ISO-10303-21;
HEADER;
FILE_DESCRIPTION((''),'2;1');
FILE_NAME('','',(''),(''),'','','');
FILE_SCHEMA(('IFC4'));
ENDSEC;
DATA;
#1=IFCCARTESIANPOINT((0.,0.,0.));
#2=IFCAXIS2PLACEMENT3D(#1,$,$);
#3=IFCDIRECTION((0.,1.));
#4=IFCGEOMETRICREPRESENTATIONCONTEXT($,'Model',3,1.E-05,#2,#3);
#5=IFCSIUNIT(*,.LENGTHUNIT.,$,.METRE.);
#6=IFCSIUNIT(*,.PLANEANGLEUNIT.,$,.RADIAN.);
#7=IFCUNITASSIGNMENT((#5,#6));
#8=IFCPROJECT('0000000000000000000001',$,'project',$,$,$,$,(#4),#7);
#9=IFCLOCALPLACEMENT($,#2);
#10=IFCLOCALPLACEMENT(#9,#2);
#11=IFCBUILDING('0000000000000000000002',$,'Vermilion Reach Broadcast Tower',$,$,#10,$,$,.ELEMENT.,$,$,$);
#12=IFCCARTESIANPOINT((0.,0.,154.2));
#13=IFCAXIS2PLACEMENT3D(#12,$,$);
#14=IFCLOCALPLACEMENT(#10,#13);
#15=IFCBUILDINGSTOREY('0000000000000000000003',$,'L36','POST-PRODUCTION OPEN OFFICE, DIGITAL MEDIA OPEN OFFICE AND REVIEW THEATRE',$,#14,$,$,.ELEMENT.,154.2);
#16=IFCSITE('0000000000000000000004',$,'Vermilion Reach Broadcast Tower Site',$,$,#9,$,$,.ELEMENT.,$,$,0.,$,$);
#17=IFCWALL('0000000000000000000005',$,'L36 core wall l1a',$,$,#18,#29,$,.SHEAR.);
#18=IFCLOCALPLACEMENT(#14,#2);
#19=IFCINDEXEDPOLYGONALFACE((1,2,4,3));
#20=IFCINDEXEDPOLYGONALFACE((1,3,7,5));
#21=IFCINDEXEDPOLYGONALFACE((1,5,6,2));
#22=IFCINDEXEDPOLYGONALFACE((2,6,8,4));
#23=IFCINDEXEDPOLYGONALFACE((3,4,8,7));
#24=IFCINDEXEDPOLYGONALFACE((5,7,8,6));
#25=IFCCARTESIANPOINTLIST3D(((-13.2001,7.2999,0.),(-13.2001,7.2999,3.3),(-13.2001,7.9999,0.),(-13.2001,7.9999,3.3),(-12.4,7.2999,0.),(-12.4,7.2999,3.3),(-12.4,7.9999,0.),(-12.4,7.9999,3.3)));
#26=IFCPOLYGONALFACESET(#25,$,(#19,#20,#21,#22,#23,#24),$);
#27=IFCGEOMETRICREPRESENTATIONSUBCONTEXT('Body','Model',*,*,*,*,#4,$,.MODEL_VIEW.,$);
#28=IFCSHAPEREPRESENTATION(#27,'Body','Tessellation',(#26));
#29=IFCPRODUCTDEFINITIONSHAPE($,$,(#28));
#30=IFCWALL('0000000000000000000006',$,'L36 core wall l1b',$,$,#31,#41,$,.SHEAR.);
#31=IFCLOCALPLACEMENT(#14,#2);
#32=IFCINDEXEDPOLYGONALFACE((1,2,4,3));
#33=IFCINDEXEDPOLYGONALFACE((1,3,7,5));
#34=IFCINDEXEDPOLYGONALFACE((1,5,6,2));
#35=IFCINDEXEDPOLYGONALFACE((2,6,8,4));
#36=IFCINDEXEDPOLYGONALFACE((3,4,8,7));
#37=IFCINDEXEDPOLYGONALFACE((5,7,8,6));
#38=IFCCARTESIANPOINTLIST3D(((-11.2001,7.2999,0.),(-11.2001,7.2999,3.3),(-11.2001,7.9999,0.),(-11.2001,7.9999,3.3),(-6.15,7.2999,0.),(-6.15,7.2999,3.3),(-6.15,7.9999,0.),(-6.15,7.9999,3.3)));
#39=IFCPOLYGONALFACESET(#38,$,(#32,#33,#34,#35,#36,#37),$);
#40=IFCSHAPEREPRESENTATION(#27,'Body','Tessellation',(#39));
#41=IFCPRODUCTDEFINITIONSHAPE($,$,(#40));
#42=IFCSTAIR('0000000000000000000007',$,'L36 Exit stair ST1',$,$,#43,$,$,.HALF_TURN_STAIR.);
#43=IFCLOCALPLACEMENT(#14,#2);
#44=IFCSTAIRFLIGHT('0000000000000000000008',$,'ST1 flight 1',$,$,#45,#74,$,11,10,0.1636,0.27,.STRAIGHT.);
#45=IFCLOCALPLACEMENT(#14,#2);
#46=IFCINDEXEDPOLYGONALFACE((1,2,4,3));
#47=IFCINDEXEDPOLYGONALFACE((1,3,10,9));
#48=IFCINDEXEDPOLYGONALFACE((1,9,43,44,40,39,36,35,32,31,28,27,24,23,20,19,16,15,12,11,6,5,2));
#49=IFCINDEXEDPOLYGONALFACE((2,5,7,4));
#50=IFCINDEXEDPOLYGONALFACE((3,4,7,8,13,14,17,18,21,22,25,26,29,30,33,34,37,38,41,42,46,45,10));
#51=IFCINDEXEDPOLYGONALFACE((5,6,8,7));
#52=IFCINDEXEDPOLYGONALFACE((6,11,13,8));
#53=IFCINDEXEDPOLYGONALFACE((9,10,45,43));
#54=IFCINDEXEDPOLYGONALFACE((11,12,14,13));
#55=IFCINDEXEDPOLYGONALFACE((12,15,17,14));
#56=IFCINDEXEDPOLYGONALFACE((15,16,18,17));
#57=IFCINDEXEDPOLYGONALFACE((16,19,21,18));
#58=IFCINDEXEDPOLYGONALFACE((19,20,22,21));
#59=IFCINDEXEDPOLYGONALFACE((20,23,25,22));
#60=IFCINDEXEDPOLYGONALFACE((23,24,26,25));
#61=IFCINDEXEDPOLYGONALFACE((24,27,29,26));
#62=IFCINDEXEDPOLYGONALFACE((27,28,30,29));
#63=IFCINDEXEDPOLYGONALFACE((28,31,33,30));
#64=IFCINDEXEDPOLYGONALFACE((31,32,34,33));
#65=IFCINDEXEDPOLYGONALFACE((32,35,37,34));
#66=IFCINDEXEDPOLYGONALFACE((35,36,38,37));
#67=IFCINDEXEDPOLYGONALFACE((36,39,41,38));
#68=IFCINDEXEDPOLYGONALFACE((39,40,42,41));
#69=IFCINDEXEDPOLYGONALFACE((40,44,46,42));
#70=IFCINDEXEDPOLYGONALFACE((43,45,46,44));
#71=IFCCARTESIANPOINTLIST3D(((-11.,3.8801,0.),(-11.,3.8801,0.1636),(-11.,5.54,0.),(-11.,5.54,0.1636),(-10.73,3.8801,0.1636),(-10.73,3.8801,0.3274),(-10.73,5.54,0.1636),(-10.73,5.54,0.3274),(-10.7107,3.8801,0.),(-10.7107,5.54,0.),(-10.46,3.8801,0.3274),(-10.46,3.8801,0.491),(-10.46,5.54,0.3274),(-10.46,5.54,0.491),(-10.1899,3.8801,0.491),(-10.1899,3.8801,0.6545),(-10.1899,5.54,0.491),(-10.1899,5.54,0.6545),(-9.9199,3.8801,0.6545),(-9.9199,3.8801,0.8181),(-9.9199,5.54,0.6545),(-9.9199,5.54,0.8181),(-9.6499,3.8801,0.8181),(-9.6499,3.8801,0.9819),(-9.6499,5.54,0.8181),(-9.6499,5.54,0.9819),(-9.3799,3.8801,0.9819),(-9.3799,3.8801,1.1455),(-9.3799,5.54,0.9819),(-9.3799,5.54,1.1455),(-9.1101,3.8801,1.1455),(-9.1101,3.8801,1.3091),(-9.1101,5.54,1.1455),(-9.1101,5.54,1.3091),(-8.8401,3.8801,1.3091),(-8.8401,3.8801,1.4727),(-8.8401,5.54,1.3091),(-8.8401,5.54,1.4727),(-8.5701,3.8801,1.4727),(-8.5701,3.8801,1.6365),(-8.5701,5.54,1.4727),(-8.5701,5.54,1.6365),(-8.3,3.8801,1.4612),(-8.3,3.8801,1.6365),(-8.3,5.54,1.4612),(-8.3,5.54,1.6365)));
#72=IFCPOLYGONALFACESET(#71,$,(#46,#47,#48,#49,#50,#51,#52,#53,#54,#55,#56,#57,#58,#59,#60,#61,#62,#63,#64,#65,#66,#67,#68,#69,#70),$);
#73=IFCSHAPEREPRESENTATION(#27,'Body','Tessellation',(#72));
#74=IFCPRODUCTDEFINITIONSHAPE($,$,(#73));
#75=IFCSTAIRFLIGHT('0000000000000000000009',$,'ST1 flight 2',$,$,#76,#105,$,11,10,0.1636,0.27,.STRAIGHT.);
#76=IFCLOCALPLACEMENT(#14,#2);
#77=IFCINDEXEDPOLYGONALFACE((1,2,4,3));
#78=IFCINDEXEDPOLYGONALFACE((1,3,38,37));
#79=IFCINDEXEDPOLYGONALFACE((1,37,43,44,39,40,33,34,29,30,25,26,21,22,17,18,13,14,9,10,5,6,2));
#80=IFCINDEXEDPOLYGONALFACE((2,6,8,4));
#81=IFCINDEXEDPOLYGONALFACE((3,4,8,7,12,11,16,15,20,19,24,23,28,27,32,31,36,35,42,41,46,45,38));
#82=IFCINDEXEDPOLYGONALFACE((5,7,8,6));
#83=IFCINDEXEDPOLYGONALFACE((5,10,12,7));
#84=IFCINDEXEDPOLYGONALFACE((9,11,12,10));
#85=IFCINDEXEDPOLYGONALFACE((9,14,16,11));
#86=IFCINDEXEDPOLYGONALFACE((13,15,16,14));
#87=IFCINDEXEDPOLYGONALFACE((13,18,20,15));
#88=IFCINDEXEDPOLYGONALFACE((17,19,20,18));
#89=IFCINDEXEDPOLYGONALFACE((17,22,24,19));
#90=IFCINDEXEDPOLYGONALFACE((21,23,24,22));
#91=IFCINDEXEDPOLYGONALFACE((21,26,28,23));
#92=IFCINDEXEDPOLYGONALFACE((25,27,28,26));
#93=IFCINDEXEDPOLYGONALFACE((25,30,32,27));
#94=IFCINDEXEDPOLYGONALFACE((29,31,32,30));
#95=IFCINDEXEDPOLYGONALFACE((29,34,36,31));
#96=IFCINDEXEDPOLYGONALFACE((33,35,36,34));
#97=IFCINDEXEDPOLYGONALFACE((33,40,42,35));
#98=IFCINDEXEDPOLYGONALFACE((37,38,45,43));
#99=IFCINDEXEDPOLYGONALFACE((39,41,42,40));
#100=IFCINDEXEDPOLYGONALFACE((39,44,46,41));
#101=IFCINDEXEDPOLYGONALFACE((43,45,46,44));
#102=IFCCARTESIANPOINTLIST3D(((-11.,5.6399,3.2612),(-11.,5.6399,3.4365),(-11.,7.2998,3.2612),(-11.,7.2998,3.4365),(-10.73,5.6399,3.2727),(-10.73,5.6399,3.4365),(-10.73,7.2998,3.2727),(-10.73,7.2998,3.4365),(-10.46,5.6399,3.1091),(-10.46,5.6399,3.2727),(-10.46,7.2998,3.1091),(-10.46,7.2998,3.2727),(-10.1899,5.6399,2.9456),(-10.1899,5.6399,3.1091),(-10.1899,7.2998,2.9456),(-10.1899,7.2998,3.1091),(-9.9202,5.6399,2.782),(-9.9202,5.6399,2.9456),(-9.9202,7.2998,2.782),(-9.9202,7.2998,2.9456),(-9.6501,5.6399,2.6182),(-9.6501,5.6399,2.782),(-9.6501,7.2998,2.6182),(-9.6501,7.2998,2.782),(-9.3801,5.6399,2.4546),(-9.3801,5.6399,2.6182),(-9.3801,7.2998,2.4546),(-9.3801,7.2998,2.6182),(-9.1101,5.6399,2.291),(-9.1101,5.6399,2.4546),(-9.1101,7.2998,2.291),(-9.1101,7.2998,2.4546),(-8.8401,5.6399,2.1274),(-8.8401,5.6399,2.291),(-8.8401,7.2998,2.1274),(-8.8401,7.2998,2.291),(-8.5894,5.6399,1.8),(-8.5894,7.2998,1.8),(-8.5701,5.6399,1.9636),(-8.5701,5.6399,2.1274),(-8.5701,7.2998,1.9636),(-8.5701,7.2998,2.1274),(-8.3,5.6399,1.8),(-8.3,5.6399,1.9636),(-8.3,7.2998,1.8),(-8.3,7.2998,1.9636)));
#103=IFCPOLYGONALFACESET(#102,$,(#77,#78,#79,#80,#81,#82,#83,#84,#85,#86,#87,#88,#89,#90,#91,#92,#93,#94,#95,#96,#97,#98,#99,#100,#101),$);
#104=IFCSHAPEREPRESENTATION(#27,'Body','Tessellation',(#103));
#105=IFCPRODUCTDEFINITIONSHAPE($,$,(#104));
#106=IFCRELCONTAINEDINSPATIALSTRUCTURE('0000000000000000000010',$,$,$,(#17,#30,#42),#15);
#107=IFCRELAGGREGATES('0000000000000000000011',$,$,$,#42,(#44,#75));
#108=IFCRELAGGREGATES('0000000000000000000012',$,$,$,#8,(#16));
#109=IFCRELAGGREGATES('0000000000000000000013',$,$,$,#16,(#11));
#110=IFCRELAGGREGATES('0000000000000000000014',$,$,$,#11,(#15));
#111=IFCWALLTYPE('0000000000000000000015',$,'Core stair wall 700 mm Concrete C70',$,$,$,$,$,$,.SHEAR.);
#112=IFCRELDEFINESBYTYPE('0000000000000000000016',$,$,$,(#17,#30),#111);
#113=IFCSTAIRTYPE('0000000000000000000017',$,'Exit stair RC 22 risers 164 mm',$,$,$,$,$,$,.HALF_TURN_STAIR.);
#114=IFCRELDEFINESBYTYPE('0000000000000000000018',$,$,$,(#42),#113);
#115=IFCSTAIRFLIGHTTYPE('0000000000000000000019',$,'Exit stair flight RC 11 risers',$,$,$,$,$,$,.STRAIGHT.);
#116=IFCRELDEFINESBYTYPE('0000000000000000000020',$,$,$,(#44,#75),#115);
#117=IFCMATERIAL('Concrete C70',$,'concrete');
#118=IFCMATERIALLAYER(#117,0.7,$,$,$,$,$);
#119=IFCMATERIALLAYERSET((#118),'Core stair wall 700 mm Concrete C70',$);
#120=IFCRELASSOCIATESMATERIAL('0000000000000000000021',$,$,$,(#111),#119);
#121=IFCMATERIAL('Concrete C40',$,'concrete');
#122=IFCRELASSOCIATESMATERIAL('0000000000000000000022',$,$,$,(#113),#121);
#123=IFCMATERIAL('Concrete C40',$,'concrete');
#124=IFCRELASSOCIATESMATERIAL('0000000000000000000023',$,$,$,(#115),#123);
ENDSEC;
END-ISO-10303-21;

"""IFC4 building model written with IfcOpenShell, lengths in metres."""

from ifc_helpers import new_model, si_unit, direction, frame, frame_2d, origin, place, context, subcontext, project, spatial, polyline, rectangle, outline, extrude, material, layer, layer_set, type_object, element, aggregate, save


model = new_model("IFC4")

# Units and contexts
model_context = context("Model", 3, precision=1e-05, world=origin(), true_north=direction((0.0, 1.0)))
body_context = subcontext(model_context, "Body", "Model", "MODEL_VIEW")
ifc_project = project(units=[si_unit("LENGTHUNIT", "METRE"), si_unit("PLANEANGLEUNIT", "RADIAN")], contexts=[model_context])

# Site, building, storey
site_placement = place(None, origin())
site = spatial("IfcSite", under=ifc_project, at=site_placement, Name="Vermilion Reach Broadcast Tower Site", CompositionType="ELEMENT", RefElevation=0.0)
building_placement = place(site_placement, origin())
building = spatial("IfcBuilding", under=site, at=building_placement, Name="Vermilion Reach Broadcast Tower", CompositionType="ELEMENT")
storey_placement = place(building_placement, frame((0.0, 0.0, 154.2)))
storey = spatial("IfcBuildingStorey", under=building, at=storey_placement, Name="L36", Description="POST-PRODUCTION OPEN OFFICE, DIGITAL MEDIA OPEN OFFICE AND REVIEW THEATRE", CompositionType="ELEMENT", Elevation=154.2)

# Walls
ifc_material_1 = material(Name="Concrete C70", Category="concrete")
ifc_layer_1 = layer(ifc_material_1, 0.7)
ifc_layer_set_1 = layer_set([ifc_layer_1], Name="Core stair wall 700 mm Concrete C70")
wall_type_1 = type_object("IfcWallType", Name="Core stair wall 700 mm Concrete C70", PredefinedType="SHEAR", material=ifc_layer_set_1)
wall_1_placement = place(storey_placement, frame((-13.2, 7.6499, 0.0), z_axis=(0.0, 0.0, 1.0), x_axis=(1.0, 0.0, 0.0)))
element("IfcWall", 1, at=wall_1_placement, inside=storey, type_object=wall_type_1, Name="L36 core wall l1a", PredefinedType="SHEAR", context=body_context, shape_type="SweptSolid", body=[
    extrude(rectangle(XDim=0.8, YDim=0.7, at=frame_2d((0.3999, 0.0))), origin(), (0.0, 0.0, 1.0), 3.3),
])
wall_2_placement = place(storey_placement, frame((-11.2, 7.6499, 0.0), z_axis=(0.0, 0.0, 1.0), x_axis=(1.0, 0.0, 0.0)))
element("IfcWall", 2, at=wall_2_placement, inside=storey, type_object=wall_type_1, Name="L36 core wall l1b", PredefinedType="SHEAR", context=body_context, shape_type="SweptSolid", body=[
    extrude(rectangle(XDim=5.05, YDim=0.7, at=frame_2d((2.5249, 0.0))), origin(), (0.0, 0.0, 1.0), 3.3),
])

# Stair, stair flights
ifc_material_2 = material(Name="Concrete C40", Category="concrete")
stair_type = type_object("IfcStairType", Name="Exit stair RC 22 risers 164 mm", PredefinedType="HALF_TURN_STAIR", material=ifc_material_2)
stair_placement = place(storey_placement, origin())
stair = element("IfcStair", 3, at=stair_placement, inside=storey, type_object=stair_type, Name="L36 Exit stair ST1", PredefinedType="HALF_TURN_STAIR")
ifc_material_3 = material(Name="Concrete C40", Category="concrete")
stair_flight_type = type_object("IfcStairFlightType", Name="Exit stair flight RC 11 risers", PredefinedType="STRAIGHT", material=ifc_material_3)
stair_flight_1_placement = place(storey_placement, frame((-11.0, 4.71, 0.0), z_axis=(0.0, 0.0, 1.0), x_axis=(1.0, 0.0, 0.0)))
stair_flight_1 = element("IfcStairFlight", 4, at=stair_flight_1_placement, type_object=stair_flight_type, Name="ST1 flight 1", NumberOfRisers=11, NumberOfTreads=10, PredefinedType="STRAIGHT", RiserHeight=0.1636, TreadLength=0.27, context=body_context, shape_type="SweptSolid", body=[
    extrude(outline(polyline([(0.0, 0.0), (0.0, 0.1636), (0.27, 0.1636), (0.27, 0.3274), (0.54, 0.3274), (0.54, 0.491), (0.8101, 0.491), (0.8101, 0.6545), (1.0801, 0.6545), (1.0801, 0.8181), (1.3501, 0.8181), (1.3501, 0.9819), (1.6201, 0.9819), (1.6201, 1.1455), (1.8899, 1.1455), (1.8899, 1.3091), (2.1599, 1.3091), (2.1599, 1.4727), (2.4299, 1.4727), (2.4299, 1.6365), (2.7, 1.6365), (2.7, 1.8), (2.7, 1.4612), (0.2893, 0.0), (0.0, 0.0)])), frame((0.0, 0.8301, 0.0), z_axis=(0.0, -1.0, 0.0), x_axis=(1.0, 0.0, 0.0)), (0.0, 0.0, 1.0), 1.6599),
])
stair_flight_2_placement = place(storey_placement, frame((-8.3, 6.47, 1.8), z_axis=(0.0, 0.0, 1.0), x_axis=(-1.0, 0.0, 0.0)))
stair_flight_2 = element("IfcStairFlight", 5, at=stair_flight_2_placement, type_object=stair_flight_type, Name="ST1 flight 2", NumberOfRisers=11, NumberOfTreads=10, PredefinedType="STRAIGHT", RiserHeight=0.1636, TreadLength=0.27, context=body_context, shape_type="SweptSolid", body=[
    extrude(outline(polyline([(0.0, 0.0), (0.0, 0.1636), (0.27, 0.1636), (0.27, 0.3274), (0.54, 0.3274), (0.54, 0.491), (0.8101, 0.491), (0.8101, 0.6545), (1.0801, 0.6545), (1.0801, 0.8181), (1.3501, 0.8181), (1.3501, 0.9819), (1.6201, 0.9819), (1.6201, 1.1455), (1.8899, 1.1455), (1.8899, 1.3091), (2.1599, 1.3091), (2.1599, 1.4727), (2.4299, 1.4727), (2.4299, 1.6365), (2.7, 1.6365), (2.7, 1.8), (2.7, 1.4612), (0.2893, 0.0), (0.0, 0.0)])), frame((0.0, 0.8301, 0.0), z_axis=(0.0, -1.0, 0.0), x_axis=(1.0, 0.0, 0.0)), (0.0, 0.0, 1.0), 1.6599),
])
aggregate(stair, [stair_flight_1, stair_flight_2])

save(model, "model.ifc")
